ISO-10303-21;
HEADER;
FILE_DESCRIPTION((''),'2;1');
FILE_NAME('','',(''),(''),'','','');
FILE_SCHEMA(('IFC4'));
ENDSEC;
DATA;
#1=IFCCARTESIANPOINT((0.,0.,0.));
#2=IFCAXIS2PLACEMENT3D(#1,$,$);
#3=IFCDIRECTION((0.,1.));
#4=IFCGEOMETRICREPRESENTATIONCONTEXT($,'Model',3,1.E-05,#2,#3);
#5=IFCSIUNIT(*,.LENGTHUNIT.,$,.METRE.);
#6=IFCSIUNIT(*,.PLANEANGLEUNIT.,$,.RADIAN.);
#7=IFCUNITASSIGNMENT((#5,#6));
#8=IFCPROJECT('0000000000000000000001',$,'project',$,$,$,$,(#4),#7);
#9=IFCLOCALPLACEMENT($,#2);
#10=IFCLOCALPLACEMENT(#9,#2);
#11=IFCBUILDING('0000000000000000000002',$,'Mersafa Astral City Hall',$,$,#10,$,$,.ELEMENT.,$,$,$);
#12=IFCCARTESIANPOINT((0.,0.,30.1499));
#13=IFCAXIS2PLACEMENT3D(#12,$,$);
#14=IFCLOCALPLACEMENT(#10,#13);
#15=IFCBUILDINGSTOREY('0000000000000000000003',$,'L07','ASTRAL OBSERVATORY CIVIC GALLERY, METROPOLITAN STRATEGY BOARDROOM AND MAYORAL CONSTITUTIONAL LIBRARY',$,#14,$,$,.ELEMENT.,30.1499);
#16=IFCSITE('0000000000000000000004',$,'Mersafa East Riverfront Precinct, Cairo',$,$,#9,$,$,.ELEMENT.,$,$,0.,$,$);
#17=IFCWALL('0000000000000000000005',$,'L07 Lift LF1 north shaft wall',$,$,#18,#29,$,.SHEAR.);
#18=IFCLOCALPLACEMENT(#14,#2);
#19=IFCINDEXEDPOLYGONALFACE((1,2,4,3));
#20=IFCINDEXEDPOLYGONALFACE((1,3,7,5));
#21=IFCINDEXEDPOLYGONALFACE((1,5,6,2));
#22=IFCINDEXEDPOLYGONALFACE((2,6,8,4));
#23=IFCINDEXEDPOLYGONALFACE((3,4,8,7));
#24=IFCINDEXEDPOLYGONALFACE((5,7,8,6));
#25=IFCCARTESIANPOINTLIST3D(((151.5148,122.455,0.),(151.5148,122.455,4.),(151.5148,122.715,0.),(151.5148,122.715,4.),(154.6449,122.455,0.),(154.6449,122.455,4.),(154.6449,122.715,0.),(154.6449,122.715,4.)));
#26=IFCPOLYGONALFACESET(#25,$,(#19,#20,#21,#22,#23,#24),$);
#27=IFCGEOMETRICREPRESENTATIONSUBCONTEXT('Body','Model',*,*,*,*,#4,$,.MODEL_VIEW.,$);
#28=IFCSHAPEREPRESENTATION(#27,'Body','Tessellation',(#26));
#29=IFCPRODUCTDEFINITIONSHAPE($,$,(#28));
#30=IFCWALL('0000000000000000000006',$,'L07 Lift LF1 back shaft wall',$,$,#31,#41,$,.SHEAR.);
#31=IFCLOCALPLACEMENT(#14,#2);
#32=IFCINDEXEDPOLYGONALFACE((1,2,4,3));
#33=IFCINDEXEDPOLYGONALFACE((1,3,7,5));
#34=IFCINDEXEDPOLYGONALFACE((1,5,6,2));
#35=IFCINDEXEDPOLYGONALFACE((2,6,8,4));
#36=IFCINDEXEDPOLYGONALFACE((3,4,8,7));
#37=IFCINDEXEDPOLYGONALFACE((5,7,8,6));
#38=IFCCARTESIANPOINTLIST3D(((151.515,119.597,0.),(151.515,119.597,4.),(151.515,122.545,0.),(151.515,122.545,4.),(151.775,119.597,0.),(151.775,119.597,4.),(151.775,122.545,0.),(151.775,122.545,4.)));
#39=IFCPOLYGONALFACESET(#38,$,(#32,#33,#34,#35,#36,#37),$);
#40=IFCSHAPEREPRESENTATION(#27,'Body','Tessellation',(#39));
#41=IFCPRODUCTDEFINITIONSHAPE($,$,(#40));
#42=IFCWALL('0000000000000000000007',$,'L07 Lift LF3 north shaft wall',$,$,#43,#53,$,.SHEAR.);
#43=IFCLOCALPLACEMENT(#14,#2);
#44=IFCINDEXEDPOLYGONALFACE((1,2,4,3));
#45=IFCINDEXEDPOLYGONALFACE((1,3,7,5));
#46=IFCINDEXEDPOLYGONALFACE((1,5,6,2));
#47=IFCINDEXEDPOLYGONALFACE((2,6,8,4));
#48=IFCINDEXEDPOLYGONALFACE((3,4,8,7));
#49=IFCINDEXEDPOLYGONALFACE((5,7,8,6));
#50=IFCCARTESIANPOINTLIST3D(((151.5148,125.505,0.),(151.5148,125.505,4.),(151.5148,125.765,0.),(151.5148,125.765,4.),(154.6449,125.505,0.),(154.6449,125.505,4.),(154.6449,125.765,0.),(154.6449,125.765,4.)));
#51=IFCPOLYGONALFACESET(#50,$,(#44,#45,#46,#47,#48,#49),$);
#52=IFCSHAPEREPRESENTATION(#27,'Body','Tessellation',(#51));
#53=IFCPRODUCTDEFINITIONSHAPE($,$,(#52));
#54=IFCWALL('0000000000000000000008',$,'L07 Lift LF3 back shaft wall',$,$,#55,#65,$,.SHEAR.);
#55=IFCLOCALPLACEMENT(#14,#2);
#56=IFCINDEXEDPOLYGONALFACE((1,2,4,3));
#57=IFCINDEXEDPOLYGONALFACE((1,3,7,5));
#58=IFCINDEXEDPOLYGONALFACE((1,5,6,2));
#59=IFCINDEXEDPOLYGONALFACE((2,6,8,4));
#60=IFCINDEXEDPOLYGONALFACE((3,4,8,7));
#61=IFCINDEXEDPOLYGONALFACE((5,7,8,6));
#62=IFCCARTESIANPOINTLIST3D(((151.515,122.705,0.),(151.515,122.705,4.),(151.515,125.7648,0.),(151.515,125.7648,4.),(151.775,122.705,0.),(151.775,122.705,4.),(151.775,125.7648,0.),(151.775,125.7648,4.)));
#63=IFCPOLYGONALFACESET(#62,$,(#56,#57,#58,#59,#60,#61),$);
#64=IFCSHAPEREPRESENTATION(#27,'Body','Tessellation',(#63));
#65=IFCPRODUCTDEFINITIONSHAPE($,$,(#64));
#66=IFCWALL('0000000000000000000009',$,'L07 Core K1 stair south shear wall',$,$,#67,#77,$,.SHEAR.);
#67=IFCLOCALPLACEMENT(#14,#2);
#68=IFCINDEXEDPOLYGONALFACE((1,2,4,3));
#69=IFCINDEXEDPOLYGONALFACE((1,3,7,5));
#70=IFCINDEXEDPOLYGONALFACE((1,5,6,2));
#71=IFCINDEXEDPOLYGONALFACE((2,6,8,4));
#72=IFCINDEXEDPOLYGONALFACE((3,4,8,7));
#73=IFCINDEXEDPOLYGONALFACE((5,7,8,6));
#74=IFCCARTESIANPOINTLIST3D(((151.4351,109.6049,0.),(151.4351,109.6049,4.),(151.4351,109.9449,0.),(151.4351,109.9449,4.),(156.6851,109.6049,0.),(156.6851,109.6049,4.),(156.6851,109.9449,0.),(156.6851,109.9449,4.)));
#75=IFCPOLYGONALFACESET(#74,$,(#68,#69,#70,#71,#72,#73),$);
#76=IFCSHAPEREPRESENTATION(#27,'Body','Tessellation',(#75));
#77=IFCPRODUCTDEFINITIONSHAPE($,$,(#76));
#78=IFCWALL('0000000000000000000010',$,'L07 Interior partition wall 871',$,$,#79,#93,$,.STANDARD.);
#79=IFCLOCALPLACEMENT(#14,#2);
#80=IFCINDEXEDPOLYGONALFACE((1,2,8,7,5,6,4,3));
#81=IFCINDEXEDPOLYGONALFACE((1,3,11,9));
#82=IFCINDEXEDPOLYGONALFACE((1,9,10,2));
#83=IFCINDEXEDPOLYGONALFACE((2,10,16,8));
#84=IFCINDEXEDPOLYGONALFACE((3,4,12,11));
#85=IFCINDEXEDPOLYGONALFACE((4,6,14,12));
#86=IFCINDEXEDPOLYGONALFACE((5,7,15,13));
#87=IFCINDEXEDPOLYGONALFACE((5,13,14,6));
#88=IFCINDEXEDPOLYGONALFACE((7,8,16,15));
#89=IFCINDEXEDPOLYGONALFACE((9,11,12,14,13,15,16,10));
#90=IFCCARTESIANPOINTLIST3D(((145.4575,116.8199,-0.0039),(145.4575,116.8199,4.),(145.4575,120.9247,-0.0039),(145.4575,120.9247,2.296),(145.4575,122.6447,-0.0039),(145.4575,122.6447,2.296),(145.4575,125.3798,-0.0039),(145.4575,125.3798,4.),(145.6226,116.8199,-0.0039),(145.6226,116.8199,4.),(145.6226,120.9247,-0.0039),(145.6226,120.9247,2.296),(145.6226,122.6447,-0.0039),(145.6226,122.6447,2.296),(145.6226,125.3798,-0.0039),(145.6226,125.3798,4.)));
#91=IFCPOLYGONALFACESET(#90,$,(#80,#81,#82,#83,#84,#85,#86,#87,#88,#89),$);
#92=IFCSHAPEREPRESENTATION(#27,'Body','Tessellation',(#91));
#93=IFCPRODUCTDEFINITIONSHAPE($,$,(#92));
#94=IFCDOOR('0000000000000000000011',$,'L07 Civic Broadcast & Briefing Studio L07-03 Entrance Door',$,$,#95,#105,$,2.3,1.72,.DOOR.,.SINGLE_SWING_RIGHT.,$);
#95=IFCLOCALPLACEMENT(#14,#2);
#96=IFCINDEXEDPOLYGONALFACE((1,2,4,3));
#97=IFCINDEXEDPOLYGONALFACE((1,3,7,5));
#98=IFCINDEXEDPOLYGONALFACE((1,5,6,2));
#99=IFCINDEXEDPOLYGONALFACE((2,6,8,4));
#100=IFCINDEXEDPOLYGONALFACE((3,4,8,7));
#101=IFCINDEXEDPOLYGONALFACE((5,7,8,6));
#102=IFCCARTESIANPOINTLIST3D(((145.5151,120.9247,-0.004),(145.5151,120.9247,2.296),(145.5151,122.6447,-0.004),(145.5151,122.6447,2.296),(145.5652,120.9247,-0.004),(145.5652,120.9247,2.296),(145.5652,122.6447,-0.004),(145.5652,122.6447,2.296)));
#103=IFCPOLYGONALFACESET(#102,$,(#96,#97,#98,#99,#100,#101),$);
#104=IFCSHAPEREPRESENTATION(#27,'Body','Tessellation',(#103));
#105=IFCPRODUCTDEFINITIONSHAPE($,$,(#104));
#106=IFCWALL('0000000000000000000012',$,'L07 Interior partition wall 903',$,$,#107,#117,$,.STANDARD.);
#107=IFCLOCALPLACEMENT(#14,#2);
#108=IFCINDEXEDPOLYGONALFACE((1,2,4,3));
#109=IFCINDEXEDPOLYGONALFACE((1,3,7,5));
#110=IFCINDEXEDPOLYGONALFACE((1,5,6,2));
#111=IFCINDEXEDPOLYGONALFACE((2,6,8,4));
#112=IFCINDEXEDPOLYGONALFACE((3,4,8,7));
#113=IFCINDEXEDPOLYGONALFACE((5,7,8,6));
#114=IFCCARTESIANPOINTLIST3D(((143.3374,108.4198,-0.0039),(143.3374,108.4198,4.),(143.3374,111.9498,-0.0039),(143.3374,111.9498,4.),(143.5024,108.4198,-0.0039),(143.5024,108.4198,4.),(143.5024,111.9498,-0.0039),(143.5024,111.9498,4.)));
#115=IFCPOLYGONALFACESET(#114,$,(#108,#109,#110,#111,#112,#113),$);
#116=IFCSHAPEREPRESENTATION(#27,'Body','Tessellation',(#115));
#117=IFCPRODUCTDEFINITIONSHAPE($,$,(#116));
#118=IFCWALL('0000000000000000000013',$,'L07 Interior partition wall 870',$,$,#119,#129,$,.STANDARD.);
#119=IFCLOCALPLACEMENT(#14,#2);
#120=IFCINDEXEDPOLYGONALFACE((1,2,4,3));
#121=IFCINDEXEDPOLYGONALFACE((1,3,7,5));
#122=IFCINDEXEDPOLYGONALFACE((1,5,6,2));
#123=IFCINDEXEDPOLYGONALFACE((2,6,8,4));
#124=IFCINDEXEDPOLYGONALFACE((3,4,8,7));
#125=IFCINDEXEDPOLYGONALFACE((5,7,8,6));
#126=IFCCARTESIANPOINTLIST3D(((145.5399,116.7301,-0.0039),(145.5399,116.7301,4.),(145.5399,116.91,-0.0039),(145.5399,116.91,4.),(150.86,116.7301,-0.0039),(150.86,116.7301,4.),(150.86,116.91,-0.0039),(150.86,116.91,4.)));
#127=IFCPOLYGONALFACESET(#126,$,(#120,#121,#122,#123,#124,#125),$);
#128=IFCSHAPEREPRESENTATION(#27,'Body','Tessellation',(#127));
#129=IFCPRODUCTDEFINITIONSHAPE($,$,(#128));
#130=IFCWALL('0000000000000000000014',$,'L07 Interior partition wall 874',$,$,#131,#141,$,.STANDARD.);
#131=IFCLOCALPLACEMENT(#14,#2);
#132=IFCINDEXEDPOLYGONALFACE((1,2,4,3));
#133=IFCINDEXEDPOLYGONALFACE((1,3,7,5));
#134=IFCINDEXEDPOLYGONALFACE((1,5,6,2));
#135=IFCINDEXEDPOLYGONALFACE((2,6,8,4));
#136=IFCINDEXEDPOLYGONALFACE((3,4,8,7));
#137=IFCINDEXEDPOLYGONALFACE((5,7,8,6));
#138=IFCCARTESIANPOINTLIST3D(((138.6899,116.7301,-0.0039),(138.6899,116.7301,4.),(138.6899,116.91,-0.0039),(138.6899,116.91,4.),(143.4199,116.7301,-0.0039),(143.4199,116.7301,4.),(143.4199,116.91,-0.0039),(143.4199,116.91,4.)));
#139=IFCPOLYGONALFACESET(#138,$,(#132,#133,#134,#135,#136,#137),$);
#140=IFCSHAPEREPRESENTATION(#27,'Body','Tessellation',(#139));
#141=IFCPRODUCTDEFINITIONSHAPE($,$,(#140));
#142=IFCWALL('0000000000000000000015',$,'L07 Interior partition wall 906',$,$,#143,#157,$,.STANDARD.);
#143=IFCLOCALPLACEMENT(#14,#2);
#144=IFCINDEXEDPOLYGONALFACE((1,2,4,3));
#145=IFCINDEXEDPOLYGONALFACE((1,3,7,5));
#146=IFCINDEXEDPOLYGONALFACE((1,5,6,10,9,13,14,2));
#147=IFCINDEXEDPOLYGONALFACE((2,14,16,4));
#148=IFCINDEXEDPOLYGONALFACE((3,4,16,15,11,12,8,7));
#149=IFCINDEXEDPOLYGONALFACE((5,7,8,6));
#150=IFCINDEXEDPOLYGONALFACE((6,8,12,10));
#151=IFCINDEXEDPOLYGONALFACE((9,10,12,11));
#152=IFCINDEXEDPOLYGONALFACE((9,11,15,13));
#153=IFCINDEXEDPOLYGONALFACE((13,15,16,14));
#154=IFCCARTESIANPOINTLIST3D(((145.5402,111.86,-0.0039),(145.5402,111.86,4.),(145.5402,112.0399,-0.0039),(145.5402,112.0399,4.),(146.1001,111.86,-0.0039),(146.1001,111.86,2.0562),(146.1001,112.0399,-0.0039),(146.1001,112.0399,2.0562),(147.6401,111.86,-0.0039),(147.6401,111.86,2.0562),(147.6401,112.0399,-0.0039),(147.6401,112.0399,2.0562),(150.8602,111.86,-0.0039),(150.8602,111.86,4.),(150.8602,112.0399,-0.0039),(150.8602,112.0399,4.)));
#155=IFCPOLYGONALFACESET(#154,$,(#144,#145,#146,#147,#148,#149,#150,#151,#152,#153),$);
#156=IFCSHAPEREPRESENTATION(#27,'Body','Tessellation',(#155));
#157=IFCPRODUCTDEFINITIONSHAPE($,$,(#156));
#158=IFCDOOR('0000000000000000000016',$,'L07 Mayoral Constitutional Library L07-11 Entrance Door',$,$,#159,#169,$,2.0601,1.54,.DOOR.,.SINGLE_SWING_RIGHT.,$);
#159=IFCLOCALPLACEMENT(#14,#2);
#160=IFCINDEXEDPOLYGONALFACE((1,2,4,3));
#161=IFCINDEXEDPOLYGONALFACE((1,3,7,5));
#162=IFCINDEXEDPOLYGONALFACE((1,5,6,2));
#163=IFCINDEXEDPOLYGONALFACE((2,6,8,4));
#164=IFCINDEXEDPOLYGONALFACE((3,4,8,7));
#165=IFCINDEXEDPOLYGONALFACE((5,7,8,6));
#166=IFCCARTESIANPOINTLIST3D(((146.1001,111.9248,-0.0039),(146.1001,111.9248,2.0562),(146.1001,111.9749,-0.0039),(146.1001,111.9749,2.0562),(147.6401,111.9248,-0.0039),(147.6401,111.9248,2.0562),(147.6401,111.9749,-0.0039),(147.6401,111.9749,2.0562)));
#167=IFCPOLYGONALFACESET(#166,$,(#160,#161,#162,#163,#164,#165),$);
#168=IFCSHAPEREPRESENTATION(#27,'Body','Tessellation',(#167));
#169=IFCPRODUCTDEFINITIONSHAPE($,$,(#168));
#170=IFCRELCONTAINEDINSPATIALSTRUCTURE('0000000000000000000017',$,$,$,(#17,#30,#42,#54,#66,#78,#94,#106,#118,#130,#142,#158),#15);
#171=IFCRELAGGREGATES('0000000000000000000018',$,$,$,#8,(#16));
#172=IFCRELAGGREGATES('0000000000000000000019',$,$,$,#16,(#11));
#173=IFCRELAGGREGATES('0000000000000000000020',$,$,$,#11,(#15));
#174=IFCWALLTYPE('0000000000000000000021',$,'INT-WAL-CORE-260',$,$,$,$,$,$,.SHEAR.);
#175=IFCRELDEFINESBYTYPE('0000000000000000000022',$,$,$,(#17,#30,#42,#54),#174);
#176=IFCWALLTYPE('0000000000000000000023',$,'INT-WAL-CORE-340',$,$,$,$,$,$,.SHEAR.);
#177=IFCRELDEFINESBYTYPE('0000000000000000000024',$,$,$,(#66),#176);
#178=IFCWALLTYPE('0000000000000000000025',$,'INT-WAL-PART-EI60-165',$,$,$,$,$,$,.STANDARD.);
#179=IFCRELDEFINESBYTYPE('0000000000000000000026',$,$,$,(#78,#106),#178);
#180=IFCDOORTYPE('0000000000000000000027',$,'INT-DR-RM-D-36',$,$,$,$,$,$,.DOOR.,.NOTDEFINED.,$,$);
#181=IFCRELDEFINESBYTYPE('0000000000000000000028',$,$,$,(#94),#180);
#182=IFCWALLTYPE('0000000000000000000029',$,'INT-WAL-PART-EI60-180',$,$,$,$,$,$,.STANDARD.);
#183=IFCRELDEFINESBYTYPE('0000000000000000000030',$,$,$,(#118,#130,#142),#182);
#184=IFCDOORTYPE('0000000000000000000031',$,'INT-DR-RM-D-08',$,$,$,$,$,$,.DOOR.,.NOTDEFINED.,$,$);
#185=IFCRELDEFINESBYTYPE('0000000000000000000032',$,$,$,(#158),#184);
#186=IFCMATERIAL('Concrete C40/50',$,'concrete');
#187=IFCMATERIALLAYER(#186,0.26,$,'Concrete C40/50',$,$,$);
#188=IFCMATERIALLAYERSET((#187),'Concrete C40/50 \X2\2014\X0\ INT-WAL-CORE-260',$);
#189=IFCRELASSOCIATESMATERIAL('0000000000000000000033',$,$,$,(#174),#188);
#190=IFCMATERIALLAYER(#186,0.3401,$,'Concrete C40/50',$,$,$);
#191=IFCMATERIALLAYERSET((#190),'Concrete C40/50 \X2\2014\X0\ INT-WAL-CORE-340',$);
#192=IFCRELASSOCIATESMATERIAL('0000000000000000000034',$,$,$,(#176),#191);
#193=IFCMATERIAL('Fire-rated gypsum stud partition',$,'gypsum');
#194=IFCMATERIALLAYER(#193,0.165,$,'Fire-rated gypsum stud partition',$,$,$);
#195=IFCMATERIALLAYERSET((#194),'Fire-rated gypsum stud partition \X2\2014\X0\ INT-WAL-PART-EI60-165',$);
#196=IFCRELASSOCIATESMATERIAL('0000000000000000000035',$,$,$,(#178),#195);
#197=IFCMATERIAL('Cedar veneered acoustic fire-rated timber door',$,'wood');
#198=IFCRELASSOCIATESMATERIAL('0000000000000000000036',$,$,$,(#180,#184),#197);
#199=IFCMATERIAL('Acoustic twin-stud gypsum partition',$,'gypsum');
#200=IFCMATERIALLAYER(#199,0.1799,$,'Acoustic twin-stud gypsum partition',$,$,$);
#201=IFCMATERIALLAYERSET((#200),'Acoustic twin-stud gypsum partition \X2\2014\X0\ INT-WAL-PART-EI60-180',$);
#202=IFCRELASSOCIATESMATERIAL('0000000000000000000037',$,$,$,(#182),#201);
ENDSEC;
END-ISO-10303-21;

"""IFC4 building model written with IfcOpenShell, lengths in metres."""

from ifc_helpers import new_model, si_unit, direction, frame, frame_2d, origin, place, context, subcontext, project, spatial, rectangle, extrude, material, layer, layer_set, type_object, element, fill, save


model = new_model("IFC4")

# Units and contexts
model_context = context("Model", 3, precision=1e-05, world=origin(), true_north=direction((0.0, 1.0)))
body_context = subcontext(model_context, "Body", "Model", "MODEL_VIEW")
ifc_project = project(units=[si_unit("LENGTHUNIT", "METRE"), si_unit("PLANEANGLEUNIT", "RADIAN")], contexts=[model_context])

# Site, building, storey
site_placement = place(None, origin())
site = spatial("IfcSite", under=ifc_project, at=site_placement, Name="Mersafa East Riverfront Precinct, Cairo", CompositionType="ELEMENT", RefElevation=0.0)
building_placement = place(site_placement, origin())
building = spatial("IfcBuilding", under=site, at=building_placement, Name="Mersafa Astral City Hall", CompositionType="ELEMENT")
storey_placement = place(building_placement, frame((0.0, 0.0, 30.1499)))
storey = spatial("IfcBuildingStorey", under=building, at=storey_placement, Name="L07", Description="ASTRAL OBSERVATORY CIVIC GALLERY, METROPOLITAN STRATEGY BOARDROOM AND MAYORAL CONSTITUTIONAL LIBRARY", CompositionType="ELEMENT", Elevation=30.1499)

# Walls
ifc_material_1 = material(Name="Concrete C40/50", Category="concrete")
ifc_layer_1 = layer(ifc_material_1, 0.26, Name="Concrete C40/50")
ifc_layer_set_1 = layer_set([ifc_layer_1], Name="Concrete C40/50 — INT-WAL-CORE-260")
wall_type_1 = type_object("IfcWallType", Name="INT-WAL-CORE-260", PredefinedType="SHEAR", material=ifc_layer_set_1)
wall_1_placement = place(storey_placement, frame((151.5149, 122.585, 0.0), z_axis=(0.0, 0.0, 1.0), x_axis=(1.0, 0.0, 0.0)))
element("IfcWall", 1, at=wall_1_placement, inside=storey, type_object=wall_type_1, Name="L07 Lift LF1 north shaft wall", PredefinedType="SHEAR", context=body_context, shape_type="SweptSolid", body=[
    extrude(rectangle(XDim=3.1301, YDim=0.26, at=frame_2d((1.5649, 0.0))), origin(), (0.0, 0.0, 1.0), 4.0),
])
wall_2_placement = place(storey_placement, frame((151.645, 119.5969, 0.0), z_axis=(0.0, 0.0, 1.0), x_axis=(0.0, 1.0, 0.0)))
element("IfcWall", 2, at=wall_2_placement, inside=storey, type_object=wall_type_1, Name="L07 Lift LF1 back shaft wall", PredefinedType="SHEAR", context=body_context, shape_type="SweptSolid", body=[
    extrude(rectangle(XDim=2.948, YDim=0.26, at=frame_2d((1.4741, 0.0))), origin(), (0.0, 0.0, 1.0), 4.0),
])
wall_3_placement = place(storey_placement, frame((151.5149, 125.635, 0.0), z_axis=(0.0, 0.0, 1.0), x_axis=(1.0, 0.0, 0.0)))
element("IfcWall", 3, at=wall_3_placement, inside=storey, type_object=wall_type_1, Name="L07 Lift LF3 north shaft wall", PredefinedType="SHEAR", context=body_context, shape_type="SweptSolid", body=[
    extrude(rectangle(XDim=3.1301, YDim=0.26, at=frame_2d((1.5649, 0.0))), origin(), (0.0, 0.0, 1.0), 4.0),
])
wall_4_placement = place(storey_placement, frame((151.645, 122.7051, 0.0), z_axis=(0.0, 0.0, 1.0), x_axis=(0.0, 1.0, 0.0)))
element("IfcWall", 4, at=wall_4_placement, inside=storey, type_object=wall_type_1, Name="L07 Lift LF3 back shaft wall", PredefinedType="SHEAR", context=body_context, shape_type="SweptSolid", body=[
    extrude(rectangle(XDim=3.0598, YDim=0.26, at=frame_2d((1.5298, 0.0))), origin(), (0.0, 0.0, 1.0), 4.0),
])
ifc_layer_2 = layer(ifc_material_1, 0.3401, Name="Concrete C40/50")
ifc_layer_set_2 = layer_set([ifc_layer_2], Name="Concrete C40/50 — INT-WAL-CORE-340")
wall_type_2 = type_object("IfcWallType", Name="INT-WAL-CORE-340", PredefinedType="SHEAR", material=ifc_layer_set_2)
wall_5_placement = place(storey_placement, frame((151.4351, 109.7749, 0.0), z_axis=(0.0, 0.0, 1.0), x_axis=(1.0, 0.0, 0.0)))
element("IfcWall", 5, at=wall_5_placement, inside=storey, type_object=wall_type_2, Name="L07 Core K1 stair south shear wall", PredefinedType="SHEAR", context=body_context, shape_type="SweptSolid", body=[
    extrude(rectangle(XDim=5.25, YDim=0.3401, at=frame_2d((2.625, 0.0))), origin(), (0.0, 0.0, 1.0), 4.0),
])

# Wall, opening, door
ifc_material_2 = material(Name="Fire-rated gypsum stud partition", Category="gypsum")
ifc_layer_3 = layer(ifc_material_2, 0.165, Name="Fire-rated gypsum stud partition")
ifc_layer_set_3 = layer_set([ifc_layer_3], Name="Fire-rated gypsum stud partition — INT-WAL-PART-EI60-165")
wall_type_3 = type_object("IfcWallType", Name="INT-WAL-PART-EI60-165", PredefinedType="STANDARD", material=ifc_layer_set_3)
wall_6_placement = place(storey_placement, frame((145.54, 116.8201, -0.0039), z_axis=(0.0, 0.0, 1.0), x_axis=(0.0, 1.0, 0.0)))
wall_6 = element("IfcWall", 6, at=wall_6_placement, inside=storey, type_object=wall_type_3, Name="L07 Interior partition wall 871", PredefinedType="STANDARD", context=body_context, shape_type="SweptSolid", body=[
    extrude(rectangle(XDim=8.5598, YDim=0.165, at=frame_2d((4.2798, 0.0))), origin(), (0.0, 0.0, 1.0), 4.0039),
])
opening_1_placement = place(wall_6_placement, frame((4.1047, 0.0, 0.0)))
opening_1 = element("IfcOpeningElement", 7, at=opening_1_placement, cuts=wall_6, PredefinedType="OPENING", context=body_context, shape_type="SweptSolid", body=[
    extrude(rectangle(XDim=1.72, YDim=2.3, at=frame_2d((0.8599, 1.1499))), frame((0.0, 0.0925, 0.0), z_axis=(0.0, -1.0, 0.0), x_axis=(1.0, 0.0, 0.0)), (0.0, 0.0, 1.0), 0.1851),
])
ifc_material_3 = material(Name="Cedar veneered acoustic fire-rated timber door", Category="wood")
door_type_1 = type_object("IfcDoorType", Name="INT-DR-RM-D-36", OperationType="NOTDEFINED", PredefinedType="DOOR", material=ifc_material_3)
door_1_placement = place(opening_1_placement, origin())
door_1 = element("IfcDoor", 8, at=door_1_placement, inside=storey, type_object=door_type_1, Name="L07 Civic Broadcast & Briefing Studio L07-03 Entrance Door", OperationType="SINGLE_SWING_RIGHT", OverallHeight=2.3, OverallWidth=1.72, PredefinedType="DOOR", context=body_context, shape_type="SweptSolid", body=[
    extrude(rectangle(XDim=1.72, YDim=2.3, at=frame_2d((0.8599, 1.1499))), frame((0.0, 0.0249, 0.0), z_axis=(0.0, -1.0, 0.0), x_axis=(1.0, 0.0, 0.0)), (0.0, 0.0, 1.0), 0.05),
])
fill(opening_1, door_1)

# Walls
wall_7_placement = place(storey_placement, frame((143.4199, 111.95, -0.0039), z_axis=(0.0, 0.0, 1.0), x_axis=(0.0, -1.0, 0.0)))
element("IfcWall", 9, at=wall_7_placement, inside=storey, type_object=wall_type_3, Name="L07 Interior partition wall 903", PredefinedType="STANDARD", context=body_context, shape_type="SweptSolid", body=[
    extrude(rectangle(XDim=3.53, YDim=0.165, at=frame_2d((1.7651, 0.0))), origin(), (0.0, 0.0, 1.0), 4.0039),
])
ifc_material_4 = material(Name="Acoustic twin-stud gypsum partition", Category="gypsum")
ifc_layer_4 = layer(ifc_material_4, 0.1799, Name="Acoustic twin-stud gypsum partition")
ifc_layer_set_4 = layer_set([ifc_layer_4], Name="Acoustic twin-stud gypsum partition — INT-WAL-PART-EI60-180")
wall_type_4 = type_object("IfcWallType", Name="INT-WAL-PART-EI60-180", PredefinedType="STANDARD", material=ifc_layer_set_4)
wall_8_placement = place(storey_placement, frame((150.8601, 116.8201, -0.0039), z_axis=(0.0, 0.0, 1.0), x_axis=(-1.0, 0.0, 0.0)))
element("IfcWall", 10, at=wall_8_placement, inside=storey, type_object=wall_type_4, Name="L07 Interior partition wall 870", PredefinedType="STANDARD", context=body_context, shape_type="SweptSolid", body=[
    extrude(rectangle(XDim=5.3201, YDim=0.1799, at=frame_2d((2.6602, 0.0))), origin(), (0.0, 0.0, 1.0), 4.0039),
])
wall_9_placement = place(storey_placement, frame((143.4199, 116.8201, -0.0039), z_axis=(0.0, 0.0, 1.0), x_axis=(-1.0, 0.0, 0.0)))
element("IfcWall", 11, at=wall_9_placement, inside=storey, type_object=wall_type_4, Name="L07 Interior partition wall 874", PredefinedType="STANDARD", context=body_context, shape_type="SweptSolid", body=[
    extrude(rectangle(XDim=4.73, YDim=0.1799, at=frame_2d((2.365, 0.0))), origin(), (0.0, 0.0, 1.0), 4.0039),
])

# Wall, opening, door
wall_10_placement = place(storey_placement, frame((145.54, 111.95, -0.0039), z_axis=(0.0, 0.0, 1.0), x_axis=(1.0, 0.0, 0.0)))
wall_10 = element("IfcWall", 12, at=wall_10_placement, inside=storey, type_object=wall_type_4, Name="L07 Interior partition wall 906", PredefinedType="STANDARD", context=body_context, shape_type="SweptSolid", body=[
    extrude(rectangle(XDim=5.3201, YDim=0.1799, at=frame_2d((2.6602, 0.0))), origin(), (0.0, 0.0, 1.0), 4.0039),
])
opening_2_placement = place(wall_10_placement, frame((0.5601, 0.0, 0.0)))
opening_2 = element("IfcOpeningElement", 13, at=opening_2_placement, cuts=wall_10, PredefinedType="OPENING", context=body_context, shape_type="SweptSolid", body=[
    extrude(rectangle(XDim=1.54, YDim=2.0601, at=frame_2d((0.77, 1.03))), frame((0.0, 0.0999, 0.0), z_axis=(0.0, -1.0, 0.0), x_axis=(1.0, 0.0, 0.0)), (0.0, 0.0, 1.0), 0.2),
])
door_type_2 = type_object("IfcDoorType", Name="INT-DR-RM-D-08", OperationType="NOTDEFINED", PredefinedType="DOOR", material=ifc_material_3)
door_2_placement = place(opening_2_placement, origin())
door_2 = element("IfcDoor", 14, at=door_2_placement, inside=storey, type_object=door_type_2, Name="L07 Mayoral Constitutional Library L07-11 Entrance Door", OperationType="SINGLE_SWING_RIGHT", OverallHeight=2.0601, OverallWidth=1.54, PredefinedType="DOOR", context=body_context, shape_type="SweptSolid", body=[
    extrude(rectangle(XDim=1.54, YDim=2.0601, at=frame_2d((0.77, 1.03))), frame((0.0, 0.0249, 0.0), z_axis=(0.0, -1.0, 0.0), x_axis=(1.0, 0.0, 0.0)), (0.0, 0.0, 1.0), 0.05),
])
fill(opening_2, door_2)

save(model, "model.ifc")
